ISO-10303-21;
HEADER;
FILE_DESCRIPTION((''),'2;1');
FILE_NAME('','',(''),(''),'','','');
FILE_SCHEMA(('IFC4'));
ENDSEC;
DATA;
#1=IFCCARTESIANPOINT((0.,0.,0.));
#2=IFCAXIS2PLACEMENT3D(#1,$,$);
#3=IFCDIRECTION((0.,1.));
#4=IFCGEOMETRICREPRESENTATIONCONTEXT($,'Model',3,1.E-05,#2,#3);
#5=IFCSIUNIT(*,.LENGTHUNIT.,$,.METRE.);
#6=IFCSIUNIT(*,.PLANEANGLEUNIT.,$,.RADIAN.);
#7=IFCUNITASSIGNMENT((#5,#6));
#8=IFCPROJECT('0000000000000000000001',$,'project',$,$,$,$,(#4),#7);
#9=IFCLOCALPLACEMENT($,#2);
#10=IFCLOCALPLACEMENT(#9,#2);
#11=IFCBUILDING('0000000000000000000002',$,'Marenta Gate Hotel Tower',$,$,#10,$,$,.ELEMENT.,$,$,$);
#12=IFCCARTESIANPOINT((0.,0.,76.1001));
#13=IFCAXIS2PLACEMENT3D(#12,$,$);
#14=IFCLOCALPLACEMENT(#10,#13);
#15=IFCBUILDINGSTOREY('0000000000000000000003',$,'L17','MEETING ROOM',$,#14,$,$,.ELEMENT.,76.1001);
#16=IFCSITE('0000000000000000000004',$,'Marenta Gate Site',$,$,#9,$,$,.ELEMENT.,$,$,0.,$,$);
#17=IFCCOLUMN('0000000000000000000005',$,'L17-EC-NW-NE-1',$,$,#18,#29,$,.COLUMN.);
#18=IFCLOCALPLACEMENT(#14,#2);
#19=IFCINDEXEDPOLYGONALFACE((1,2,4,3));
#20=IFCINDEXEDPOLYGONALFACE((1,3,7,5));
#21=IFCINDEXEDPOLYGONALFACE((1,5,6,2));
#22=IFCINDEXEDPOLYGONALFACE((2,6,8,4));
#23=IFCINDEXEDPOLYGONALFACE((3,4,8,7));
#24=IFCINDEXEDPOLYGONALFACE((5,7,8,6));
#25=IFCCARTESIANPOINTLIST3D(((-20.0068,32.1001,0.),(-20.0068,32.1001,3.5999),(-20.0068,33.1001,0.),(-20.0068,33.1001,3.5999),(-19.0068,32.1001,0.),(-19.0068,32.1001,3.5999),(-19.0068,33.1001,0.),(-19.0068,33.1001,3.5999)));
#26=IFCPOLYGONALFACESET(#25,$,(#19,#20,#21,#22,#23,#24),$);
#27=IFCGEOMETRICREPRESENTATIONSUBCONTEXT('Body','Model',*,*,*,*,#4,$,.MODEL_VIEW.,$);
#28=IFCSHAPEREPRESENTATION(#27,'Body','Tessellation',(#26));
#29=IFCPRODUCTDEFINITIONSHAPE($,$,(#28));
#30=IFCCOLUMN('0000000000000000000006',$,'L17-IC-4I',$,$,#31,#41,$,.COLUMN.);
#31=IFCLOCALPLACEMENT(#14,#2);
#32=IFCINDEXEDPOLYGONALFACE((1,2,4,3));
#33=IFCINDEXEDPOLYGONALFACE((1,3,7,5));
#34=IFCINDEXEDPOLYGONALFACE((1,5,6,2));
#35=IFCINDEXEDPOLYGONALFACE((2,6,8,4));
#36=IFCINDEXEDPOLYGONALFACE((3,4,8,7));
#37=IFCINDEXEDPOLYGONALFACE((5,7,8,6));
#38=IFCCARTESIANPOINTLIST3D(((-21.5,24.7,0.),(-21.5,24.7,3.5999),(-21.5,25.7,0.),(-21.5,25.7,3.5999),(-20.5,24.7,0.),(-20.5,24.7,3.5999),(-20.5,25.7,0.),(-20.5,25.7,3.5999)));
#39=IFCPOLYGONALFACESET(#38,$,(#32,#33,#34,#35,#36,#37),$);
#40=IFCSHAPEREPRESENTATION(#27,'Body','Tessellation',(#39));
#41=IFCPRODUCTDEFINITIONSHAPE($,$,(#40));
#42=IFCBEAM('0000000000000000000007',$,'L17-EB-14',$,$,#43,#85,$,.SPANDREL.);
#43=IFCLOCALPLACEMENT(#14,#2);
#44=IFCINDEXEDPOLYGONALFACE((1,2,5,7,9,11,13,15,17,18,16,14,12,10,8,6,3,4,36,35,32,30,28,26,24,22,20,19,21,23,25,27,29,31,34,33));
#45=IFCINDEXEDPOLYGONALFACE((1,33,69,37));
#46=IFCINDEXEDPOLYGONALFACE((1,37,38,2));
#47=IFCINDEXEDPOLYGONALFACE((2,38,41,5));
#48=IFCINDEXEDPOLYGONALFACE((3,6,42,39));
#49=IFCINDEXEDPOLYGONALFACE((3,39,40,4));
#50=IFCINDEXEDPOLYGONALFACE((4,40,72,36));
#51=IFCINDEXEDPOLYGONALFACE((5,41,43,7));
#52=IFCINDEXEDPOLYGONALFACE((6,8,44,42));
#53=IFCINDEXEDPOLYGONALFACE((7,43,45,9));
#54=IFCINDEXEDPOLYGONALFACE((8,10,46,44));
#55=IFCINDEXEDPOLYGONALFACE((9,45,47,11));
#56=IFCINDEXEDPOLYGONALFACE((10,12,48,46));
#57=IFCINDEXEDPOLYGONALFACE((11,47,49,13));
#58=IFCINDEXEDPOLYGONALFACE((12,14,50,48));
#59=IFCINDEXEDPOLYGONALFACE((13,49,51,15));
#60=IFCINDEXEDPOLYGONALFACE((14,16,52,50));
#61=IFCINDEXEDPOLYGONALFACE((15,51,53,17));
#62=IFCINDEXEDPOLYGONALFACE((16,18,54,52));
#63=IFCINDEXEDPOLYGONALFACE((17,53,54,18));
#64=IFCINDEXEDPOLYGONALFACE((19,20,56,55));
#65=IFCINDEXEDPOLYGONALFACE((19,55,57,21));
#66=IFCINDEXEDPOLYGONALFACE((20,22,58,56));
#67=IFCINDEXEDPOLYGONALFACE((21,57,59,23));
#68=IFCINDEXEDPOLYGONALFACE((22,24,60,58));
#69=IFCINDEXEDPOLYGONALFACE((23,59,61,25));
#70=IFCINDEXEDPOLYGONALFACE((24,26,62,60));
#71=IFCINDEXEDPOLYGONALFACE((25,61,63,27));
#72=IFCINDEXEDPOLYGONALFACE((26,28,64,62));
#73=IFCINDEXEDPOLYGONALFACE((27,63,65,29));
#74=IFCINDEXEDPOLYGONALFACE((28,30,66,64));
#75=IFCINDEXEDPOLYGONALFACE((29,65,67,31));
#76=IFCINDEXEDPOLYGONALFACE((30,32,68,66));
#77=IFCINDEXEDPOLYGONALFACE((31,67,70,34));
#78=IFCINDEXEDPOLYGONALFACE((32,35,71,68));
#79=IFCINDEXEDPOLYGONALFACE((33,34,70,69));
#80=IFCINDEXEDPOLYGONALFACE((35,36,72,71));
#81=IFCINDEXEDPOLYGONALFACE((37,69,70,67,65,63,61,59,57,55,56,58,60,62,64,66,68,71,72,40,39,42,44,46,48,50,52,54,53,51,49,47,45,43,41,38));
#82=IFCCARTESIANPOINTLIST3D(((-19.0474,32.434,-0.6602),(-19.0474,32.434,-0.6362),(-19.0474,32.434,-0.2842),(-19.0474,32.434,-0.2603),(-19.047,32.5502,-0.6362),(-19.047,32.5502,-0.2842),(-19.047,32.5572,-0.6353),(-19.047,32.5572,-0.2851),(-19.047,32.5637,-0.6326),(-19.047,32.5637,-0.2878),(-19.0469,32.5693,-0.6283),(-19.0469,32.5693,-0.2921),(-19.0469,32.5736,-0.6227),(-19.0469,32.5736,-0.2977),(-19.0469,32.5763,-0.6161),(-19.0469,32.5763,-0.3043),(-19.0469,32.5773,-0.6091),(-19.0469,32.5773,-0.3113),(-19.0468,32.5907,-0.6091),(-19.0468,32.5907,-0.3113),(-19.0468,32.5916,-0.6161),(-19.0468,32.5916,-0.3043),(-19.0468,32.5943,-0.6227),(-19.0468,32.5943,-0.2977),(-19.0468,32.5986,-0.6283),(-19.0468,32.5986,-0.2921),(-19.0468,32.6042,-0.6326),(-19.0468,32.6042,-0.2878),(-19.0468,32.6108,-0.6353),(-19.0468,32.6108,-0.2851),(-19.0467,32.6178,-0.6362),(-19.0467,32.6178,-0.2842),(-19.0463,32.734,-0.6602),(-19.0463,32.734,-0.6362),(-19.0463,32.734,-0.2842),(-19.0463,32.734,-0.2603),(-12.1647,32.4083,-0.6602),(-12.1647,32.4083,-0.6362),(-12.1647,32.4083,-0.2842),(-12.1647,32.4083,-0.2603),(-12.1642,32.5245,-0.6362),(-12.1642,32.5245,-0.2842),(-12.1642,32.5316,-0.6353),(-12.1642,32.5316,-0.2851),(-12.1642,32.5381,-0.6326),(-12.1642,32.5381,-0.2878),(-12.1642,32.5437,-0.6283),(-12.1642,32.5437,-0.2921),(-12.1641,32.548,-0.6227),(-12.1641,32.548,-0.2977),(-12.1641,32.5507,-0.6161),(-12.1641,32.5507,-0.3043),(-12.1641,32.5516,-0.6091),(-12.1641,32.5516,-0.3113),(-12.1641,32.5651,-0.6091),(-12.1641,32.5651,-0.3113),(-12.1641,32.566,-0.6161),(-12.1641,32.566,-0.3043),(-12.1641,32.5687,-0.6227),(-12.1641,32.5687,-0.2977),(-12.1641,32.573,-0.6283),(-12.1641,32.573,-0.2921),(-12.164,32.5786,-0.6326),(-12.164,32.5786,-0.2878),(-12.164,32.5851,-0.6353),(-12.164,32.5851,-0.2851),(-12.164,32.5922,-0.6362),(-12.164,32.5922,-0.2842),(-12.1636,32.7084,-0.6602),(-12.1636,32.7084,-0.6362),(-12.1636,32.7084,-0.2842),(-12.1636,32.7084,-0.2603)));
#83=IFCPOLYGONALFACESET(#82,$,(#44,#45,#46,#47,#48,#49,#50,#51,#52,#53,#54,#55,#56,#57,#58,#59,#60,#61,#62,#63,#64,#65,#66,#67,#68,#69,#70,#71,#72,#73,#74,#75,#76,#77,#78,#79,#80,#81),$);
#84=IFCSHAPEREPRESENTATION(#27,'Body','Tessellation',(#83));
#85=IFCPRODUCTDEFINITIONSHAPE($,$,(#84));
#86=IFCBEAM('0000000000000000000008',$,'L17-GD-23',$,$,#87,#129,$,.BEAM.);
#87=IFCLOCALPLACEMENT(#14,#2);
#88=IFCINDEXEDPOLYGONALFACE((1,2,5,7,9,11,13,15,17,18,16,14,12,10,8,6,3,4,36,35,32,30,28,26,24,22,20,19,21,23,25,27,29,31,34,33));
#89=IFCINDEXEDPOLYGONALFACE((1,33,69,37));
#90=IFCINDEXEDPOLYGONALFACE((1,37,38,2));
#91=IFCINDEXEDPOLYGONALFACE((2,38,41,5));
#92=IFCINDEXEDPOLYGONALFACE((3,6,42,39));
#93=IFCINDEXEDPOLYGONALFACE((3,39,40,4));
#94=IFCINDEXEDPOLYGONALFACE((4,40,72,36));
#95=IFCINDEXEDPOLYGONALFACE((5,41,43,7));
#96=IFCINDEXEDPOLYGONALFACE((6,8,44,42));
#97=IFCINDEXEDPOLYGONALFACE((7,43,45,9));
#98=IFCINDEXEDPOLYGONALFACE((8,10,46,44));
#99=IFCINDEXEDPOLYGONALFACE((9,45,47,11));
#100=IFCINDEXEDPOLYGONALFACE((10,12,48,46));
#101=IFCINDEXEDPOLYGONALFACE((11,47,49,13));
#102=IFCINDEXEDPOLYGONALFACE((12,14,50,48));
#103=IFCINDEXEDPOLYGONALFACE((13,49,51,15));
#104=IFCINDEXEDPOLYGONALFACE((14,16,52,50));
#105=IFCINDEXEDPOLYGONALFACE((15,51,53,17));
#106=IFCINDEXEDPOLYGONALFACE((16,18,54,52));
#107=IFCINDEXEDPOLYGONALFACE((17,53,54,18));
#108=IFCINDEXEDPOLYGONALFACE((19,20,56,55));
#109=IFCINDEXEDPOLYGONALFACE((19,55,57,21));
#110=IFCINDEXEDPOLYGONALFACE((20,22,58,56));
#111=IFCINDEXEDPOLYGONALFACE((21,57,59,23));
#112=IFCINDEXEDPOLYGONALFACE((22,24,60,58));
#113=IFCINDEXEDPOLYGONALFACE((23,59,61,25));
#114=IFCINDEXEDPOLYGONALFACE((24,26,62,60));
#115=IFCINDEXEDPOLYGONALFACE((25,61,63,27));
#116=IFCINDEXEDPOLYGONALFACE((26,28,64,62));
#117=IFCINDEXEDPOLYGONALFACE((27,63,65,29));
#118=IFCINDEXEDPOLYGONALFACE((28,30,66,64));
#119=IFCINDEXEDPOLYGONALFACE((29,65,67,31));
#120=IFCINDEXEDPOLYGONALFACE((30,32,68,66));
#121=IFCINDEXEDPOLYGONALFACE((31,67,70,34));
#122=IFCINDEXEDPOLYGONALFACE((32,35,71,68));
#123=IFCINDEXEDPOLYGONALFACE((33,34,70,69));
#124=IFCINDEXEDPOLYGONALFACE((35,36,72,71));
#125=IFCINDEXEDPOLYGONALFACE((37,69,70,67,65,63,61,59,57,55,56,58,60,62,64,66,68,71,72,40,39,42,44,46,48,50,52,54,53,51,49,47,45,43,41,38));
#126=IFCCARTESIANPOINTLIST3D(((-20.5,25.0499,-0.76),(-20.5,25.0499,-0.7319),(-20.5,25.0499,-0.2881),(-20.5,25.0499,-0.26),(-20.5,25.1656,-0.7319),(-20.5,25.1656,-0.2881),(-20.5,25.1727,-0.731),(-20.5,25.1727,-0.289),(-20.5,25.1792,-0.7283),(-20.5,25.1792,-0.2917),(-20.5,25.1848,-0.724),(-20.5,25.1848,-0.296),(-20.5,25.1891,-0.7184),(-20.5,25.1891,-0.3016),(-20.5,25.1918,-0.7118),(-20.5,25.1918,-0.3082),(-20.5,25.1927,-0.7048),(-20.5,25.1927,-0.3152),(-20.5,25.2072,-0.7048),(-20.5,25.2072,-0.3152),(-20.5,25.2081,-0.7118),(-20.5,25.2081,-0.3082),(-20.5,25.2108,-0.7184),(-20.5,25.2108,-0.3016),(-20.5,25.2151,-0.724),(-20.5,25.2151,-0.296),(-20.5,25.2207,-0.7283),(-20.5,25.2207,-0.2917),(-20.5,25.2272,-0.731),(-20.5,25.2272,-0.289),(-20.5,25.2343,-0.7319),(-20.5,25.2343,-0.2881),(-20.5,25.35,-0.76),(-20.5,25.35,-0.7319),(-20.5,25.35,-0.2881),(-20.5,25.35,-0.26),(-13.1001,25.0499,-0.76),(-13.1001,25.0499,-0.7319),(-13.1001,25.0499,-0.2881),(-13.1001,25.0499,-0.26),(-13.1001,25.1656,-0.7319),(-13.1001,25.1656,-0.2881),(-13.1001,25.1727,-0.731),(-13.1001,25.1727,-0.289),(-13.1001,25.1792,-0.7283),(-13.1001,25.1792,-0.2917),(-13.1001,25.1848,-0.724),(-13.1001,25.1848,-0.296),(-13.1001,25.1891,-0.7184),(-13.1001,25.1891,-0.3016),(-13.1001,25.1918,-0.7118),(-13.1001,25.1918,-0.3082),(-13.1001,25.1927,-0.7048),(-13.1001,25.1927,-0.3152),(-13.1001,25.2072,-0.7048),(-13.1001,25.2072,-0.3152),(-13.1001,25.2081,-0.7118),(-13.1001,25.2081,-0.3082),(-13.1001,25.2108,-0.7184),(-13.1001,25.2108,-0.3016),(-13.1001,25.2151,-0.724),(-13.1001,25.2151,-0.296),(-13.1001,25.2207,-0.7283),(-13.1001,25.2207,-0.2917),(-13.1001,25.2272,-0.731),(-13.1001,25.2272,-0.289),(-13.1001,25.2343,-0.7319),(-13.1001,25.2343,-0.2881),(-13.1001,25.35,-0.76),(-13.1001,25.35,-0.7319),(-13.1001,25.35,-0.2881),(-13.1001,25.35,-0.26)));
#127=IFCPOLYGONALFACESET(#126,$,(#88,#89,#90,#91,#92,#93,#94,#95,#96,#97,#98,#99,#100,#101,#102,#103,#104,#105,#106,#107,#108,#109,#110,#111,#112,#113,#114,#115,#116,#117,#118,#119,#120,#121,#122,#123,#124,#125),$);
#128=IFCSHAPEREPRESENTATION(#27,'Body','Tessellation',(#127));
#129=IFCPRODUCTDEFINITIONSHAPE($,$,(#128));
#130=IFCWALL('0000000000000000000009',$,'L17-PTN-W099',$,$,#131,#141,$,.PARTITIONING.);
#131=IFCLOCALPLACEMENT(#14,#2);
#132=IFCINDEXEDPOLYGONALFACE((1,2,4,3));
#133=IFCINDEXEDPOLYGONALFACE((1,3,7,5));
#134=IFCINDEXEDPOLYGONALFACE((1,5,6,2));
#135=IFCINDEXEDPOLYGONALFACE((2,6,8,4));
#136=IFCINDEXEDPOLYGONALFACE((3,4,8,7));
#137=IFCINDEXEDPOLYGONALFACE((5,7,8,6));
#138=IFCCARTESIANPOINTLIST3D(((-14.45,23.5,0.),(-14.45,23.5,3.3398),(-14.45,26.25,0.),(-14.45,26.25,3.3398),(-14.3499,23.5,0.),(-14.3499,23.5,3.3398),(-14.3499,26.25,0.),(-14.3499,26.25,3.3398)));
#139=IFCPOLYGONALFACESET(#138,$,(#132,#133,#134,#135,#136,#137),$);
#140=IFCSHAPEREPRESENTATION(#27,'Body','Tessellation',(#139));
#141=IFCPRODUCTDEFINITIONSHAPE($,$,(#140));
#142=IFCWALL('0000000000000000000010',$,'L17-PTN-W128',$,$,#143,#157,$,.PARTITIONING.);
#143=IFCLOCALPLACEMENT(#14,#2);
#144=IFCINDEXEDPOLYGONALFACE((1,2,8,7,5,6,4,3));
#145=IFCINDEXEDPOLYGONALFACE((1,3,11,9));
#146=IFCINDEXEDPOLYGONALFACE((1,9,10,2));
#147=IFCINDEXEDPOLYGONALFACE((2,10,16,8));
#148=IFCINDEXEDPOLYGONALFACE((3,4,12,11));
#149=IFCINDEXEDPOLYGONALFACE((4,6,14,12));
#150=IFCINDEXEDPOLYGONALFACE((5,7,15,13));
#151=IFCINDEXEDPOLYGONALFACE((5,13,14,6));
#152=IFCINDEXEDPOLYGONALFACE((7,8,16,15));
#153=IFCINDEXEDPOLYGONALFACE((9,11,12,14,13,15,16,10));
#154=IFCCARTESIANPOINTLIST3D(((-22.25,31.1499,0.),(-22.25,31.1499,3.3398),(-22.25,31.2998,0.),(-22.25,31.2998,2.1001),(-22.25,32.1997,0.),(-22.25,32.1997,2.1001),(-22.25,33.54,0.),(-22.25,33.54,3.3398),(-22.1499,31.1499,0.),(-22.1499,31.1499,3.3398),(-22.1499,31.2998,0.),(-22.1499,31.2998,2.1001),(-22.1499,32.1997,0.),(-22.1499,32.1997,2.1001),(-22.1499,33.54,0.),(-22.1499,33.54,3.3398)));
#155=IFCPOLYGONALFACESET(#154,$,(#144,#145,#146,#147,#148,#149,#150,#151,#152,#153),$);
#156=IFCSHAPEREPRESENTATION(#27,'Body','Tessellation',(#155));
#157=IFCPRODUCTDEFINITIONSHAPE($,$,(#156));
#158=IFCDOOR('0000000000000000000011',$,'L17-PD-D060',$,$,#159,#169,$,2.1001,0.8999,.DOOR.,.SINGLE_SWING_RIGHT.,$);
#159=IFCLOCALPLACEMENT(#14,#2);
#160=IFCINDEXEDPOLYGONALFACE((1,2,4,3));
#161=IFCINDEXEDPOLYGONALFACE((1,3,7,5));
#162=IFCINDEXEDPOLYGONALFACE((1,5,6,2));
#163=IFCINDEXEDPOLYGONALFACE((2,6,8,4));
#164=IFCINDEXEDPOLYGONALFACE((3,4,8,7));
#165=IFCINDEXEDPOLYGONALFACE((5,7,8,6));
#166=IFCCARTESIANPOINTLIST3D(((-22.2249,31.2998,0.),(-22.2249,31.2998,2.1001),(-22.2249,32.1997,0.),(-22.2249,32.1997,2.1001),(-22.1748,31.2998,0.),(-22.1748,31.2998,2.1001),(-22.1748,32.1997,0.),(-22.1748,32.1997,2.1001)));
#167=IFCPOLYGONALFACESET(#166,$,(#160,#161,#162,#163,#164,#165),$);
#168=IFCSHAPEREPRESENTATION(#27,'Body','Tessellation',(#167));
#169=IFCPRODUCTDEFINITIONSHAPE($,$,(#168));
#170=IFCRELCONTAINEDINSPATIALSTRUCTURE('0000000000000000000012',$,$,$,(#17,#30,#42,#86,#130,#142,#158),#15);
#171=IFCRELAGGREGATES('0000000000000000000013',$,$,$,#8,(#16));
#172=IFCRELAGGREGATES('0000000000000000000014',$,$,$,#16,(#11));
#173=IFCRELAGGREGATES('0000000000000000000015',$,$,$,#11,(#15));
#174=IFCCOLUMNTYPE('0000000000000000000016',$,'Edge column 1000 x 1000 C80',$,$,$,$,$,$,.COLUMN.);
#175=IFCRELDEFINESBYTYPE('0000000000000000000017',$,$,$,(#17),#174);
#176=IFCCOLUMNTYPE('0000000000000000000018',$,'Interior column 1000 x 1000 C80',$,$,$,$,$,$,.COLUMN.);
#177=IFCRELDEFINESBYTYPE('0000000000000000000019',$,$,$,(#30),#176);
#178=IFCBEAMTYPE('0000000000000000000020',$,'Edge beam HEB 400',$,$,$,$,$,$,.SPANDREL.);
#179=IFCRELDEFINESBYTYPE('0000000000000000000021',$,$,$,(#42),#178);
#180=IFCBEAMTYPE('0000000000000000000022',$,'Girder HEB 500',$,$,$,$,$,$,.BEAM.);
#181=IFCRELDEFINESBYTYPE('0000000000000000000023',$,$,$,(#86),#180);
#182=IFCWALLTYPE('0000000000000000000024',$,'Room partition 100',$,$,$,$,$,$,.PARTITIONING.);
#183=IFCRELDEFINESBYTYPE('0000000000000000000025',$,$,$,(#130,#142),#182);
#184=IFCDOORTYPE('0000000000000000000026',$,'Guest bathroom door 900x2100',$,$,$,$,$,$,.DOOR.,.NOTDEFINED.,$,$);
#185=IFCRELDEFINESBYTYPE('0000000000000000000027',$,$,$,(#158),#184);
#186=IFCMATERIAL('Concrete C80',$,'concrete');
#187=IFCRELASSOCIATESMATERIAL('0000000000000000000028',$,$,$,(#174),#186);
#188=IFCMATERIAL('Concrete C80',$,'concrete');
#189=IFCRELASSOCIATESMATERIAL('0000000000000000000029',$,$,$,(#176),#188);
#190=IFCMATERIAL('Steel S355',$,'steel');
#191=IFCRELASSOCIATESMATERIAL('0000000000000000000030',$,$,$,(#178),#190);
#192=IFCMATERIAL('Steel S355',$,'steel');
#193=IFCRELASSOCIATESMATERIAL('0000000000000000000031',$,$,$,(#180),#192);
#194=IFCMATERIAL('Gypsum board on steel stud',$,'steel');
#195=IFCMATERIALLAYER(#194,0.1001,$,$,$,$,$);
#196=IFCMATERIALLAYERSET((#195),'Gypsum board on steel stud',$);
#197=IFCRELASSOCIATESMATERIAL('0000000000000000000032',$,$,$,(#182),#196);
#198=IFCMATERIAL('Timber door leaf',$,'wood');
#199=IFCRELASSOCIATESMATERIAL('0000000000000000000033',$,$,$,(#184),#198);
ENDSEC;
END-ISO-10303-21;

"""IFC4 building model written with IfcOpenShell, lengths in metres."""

from ifc_helpers import new_model, si_unit, direction, frame, frame_2d, origin, origin_2d, place, context, subcontext, project, spatial, rectangle, i_section, extrude, material, layer, layer_set, material_profile, profile_set, type_object, element, fill, save


model = new_model("IFC4")

# Units and contexts
model_context = context("Model", 3, precision=1e-05, world=origin(), true_north=direction((0.0, 1.0)))
body_context = subcontext(model_context, "Body", "Model", "MODEL_VIEW")
ifc_project = project(units=[si_unit("LENGTHUNIT", "METRE"), si_unit("PLANEANGLEUNIT", "RADIAN")], contexts=[model_context])

# Site, building, storey
site_placement = place(None, origin())
site = spatial("IfcSite", under=ifc_project, at=site_placement, Name="Marenta Gate Site", CompositionType="ELEMENT", RefElevation=0.0)
building_placement = place(site_placement, origin())
building = spatial("IfcBuilding", under=site, at=building_placement, Name="Marenta Gate Hotel Tower", CompositionType="ELEMENT")
storey_placement = place(building_placement, frame((0.0, 0.0, 76.1001)))
storey = spatial("IfcBuildingStorey", under=building, at=storey_placement, Name="L17", Description="MEETING ROOM", CompositionType="ELEMENT", Elevation=76.1001)

# Columns
ifc_material_1 = material(Name="Concrete C80", Category="concrete")
ifc_material_profile_1 = material_profile(ifc_material_1, rectangle(XDim=1.0, YDim=1.0, at=origin_2d()), Name="1000 x 1000")
ifc_profile_set_1 = profile_set([ifc_material_profile_1], Name="Concrete C80")
column_type_1 = type_object("IfcColumnType", Name="Edge column 1000 x 1000 C80", PredefinedType="COLUMN", material=ifc_profile_set_1)
column_1_placement = place(storey_placement, frame((-19.5068, 32.6001, 0.0), z_axis=(0.0, 0.0, 1.0), x_axis=(1.0, 0.0, 0.0)))
element("IfcColumn", 1, at=column_1_placement, inside=storey, type_object=column_type_1, Name="L17-EC-NW-NE-1", PredefinedType="COLUMN", context=body_context, shape_type="SweptSolid", body=[
    extrude(rectangle(XDim=1.0, YDim=1.0, at=origin_2d()), origin(), (0.0, 0.0, 1.0), 3.5999),
])
ifc_material_2 = material(Name="Concrete C80", Category="concrete")
ifc_material_profile_2 = material_profile(ifc_material_2, rectangle(XDim=1.0, YDim=1.0, at=origin_2d()), Name="1000 x 1000")
ifc_profile_set_2 = profile_set([ifc_material_profile_2], Name="Concrete C80")
column_type_2 = type_object("IfcColumnType", Name="Interior column 1000 x 1000 C80", PredefinedType="COLUMN", material=ifc_profile_set_2)
column_2_placement = place(storey_placement, frame((-21.0, 25.2, 0.0), z_axis=(0.0, 0.0, 1.0), x_axis=(1.0, 0.0, 0.0)))
element("IfcColumn", 2, at=column_2_placement, inside=storey, type_object=column_type_2, Name="L17-IC-4I", PredefinedType="COLUMN", context=body_context, shape_type="SweptSolid", body=[
    extrude(rectangle(XDim=1.0, YDim=1.0, at=origin_2d()), origin(), (0.0, 0.0, 1.0), 3.5999),
])

# Beams
ifc_material_3 = material(Name="Steel S355", Category="steel")
ifc_material_profile_3 = material_profile(ifc_material_3, i_section(OverallWidth=0.3, OverallDepth=0.3999, WebThickness=0.0134, FlangeThickness=0.0239, FilletRadius=0.0271, at=origin_2d()), Name="HEB 400")
ifc_profile_set_3 = profile_set([ifc_material_profile_3], Name="Steel S355")
beam_type_1 = type_object("IfcBeamType", Name="Edge beam HEB 400", PredefinedType="SPANDREL", material=ifc_profile_set_3)
beam_1_placement = place(storey_placement, frame((-19.0469, 32.584, -0.4602), z_axis=(0.999993, -0.003724, 0.0), x_axis=(0.003724, 0.999993, 0.0)))
element("IfcBeam", 3, at=beam_1_placement, inside=storey, type_object=beam_type_1, Name="L17-EB-14", PredefinedType="SPANDREL", context=body_context, shape_type="SweptSolid", body=[
    extrude(i_section(OverallWidth=0.3, OverallDepth=0.3999, WebThickness=0.0134, FlangeThickness=0.0239, FilletRadius=0.0271, at=origin_2d()), origin(), (0.0, 0.0, 1.0), 6.8828),
])
ifc_material_4 = material(Name="Steel S355", Category="steel")
ifc_material_profile_4 = material_profile(ifc_material_4, i_section(OverallWidth=0.3, OverallDepth=0.5, WebThickness=0.0144, FlangeThickness=0.0281, FilletRadius=0.0271, at=origin_2d()), Name="HEB 500")
ifc_profile_set_4 = profile_set([ifc_material_profile_4], Name="Steel S355")
beam_type_2 = type_object("IfcBeamType", Name="Girder HEB 500", PredefinedType="BEAM", material=ifc_profile_set_4)
beam_2_placement = place(storey_placement, frame((-20.5, 25.2, -0.51), z_axis=(1.0, 0.0, 0.0), x_axis=(0.0, 1.0, 0.0)))
element("IfcBeam", 4, at=beam_2_placement, inside=storey, type_object=beam_type_2, Name="L17-GD-23", PredefinedType="BEAM", context=body_context, shape_type="SweptSolid", body=[
    extrude(i_section(OverallWidth=0.3, OverallDepth=0.5, WebThickness=0.0144, FlangeThickness=0.0281, FilletRadius=0.0271, at=origin_2d()), origin(), (0.0, 0.0, 1.0), 7.3999),
])

# Wall
ifc_material_5 = material(Name="Gypsum board on steel stud", Category="steel")
ifc_layer_1 = layer(ifc_material_5, 0.1001)
ifc_layer_set_1 = layer_set([ifc_layer_1], Name="Gypsum board on steel stud")
wall_type_1 = type_object("IfcWallType", Name="Room partition 100", PredefinedType="PARTITIONING", material=ifc_layer_set_1)
wall_1_placement = place(storey_placement, frame((-14.3999, 23.5, 0.0), z_axis=(0.0, 0.0, 1.0), x_axis=(0.0, 1.0, 0.0)))
element("IfcWall", 5, at=wall_1_placement, inside=storey, type_object=wall_type_1, Name="L17-PTN-W099", PredefinedType="PARTITIONING", context=body_context, shape_type="SweptSolid", body=[
    extrude(rectangle(XDim=2.75, YDim=0.1001, at=frame_2d((1.375, 0.0))), origin(), (0.0, 0.0, 1.0), 3.3398),
])

# Wall, opening, door
wall_2_placement = place(storey_placement, frame((-22.2, 31.1499, 0.0), z_axis=(0.0, 0.0, 1.0), x_axis=(0.0, 1.0, 0.0)))
wall_2 = element("IfcWall", 6, at=wall_2_placement, inside=storey, type_object=wall_type_1, Name="L17-PTN-W128", PredefinedType="PARTITIONING", context=body_context, shape_type="SweptSolid", body=[
    extrude(rectangle(XDim=2.3901, YDim=0.1001, at=frame_2d((1.1951, 0.0))), origin(), (0.0, 0.0, 1.0), 3.3398),
])
opening_1_placement = place(wall_2_placement, frame((0.1499, 0.0, 0.0)))
opening_1 = element("IfcOpeningElement", 7, at=opening_1_placement, cuts=wall_2, PredefinedType="OPENING", context=body_context, shape_type="SweptSolid", body=[
    extrude(rectangle(XDim=0.8999, YDim=2.1001, at=frame_2d((0.45, 1.05))), frame((0.0, 0.05, 0.0), z_axis=(0.0, -1.0, 0.0), x_axis=(1.0, 0.0, 0.0)), (0.0, 0.0, 1.0), 0.1001),
])
ifc_material_6 = material(Name="Timber door leaf", Category="wood")
door_type_1 = type_object("IfcDoorType", Name="Guest bathroom door 900x2100", OperationType="NOTDEFINED", PredefinedType="DOOR", material=ifc_material_6)
door_1_placement = place(opening_1_placement, origin())
door_1 = element("IfcDoor", 8, at=door_1_placement, inside=storey, type_object=door_type_1, Name="L17-PD-D060", OperationType="SINGLE_SWING_RIGHT", OverallHeight=2.1001, OverallWidth=0.8999, PredefinedType="DOOR", context=body_context, shape_type="SweptSolid", body=[
    extrude(rectangle(XDim=0.8999, YDim=2.1001, at=frame_2d((0.45, 1.05))), frame((0.0, 0.0249, 0.0), z_axis=(0.0, -1.0, 0.0), x_axis=(1.0, 0.0, 0.0)), (0.0, 0.0, 1.0), 0.05),
])
fill(opening_1, door_1)

save(model, "model.ifc")
